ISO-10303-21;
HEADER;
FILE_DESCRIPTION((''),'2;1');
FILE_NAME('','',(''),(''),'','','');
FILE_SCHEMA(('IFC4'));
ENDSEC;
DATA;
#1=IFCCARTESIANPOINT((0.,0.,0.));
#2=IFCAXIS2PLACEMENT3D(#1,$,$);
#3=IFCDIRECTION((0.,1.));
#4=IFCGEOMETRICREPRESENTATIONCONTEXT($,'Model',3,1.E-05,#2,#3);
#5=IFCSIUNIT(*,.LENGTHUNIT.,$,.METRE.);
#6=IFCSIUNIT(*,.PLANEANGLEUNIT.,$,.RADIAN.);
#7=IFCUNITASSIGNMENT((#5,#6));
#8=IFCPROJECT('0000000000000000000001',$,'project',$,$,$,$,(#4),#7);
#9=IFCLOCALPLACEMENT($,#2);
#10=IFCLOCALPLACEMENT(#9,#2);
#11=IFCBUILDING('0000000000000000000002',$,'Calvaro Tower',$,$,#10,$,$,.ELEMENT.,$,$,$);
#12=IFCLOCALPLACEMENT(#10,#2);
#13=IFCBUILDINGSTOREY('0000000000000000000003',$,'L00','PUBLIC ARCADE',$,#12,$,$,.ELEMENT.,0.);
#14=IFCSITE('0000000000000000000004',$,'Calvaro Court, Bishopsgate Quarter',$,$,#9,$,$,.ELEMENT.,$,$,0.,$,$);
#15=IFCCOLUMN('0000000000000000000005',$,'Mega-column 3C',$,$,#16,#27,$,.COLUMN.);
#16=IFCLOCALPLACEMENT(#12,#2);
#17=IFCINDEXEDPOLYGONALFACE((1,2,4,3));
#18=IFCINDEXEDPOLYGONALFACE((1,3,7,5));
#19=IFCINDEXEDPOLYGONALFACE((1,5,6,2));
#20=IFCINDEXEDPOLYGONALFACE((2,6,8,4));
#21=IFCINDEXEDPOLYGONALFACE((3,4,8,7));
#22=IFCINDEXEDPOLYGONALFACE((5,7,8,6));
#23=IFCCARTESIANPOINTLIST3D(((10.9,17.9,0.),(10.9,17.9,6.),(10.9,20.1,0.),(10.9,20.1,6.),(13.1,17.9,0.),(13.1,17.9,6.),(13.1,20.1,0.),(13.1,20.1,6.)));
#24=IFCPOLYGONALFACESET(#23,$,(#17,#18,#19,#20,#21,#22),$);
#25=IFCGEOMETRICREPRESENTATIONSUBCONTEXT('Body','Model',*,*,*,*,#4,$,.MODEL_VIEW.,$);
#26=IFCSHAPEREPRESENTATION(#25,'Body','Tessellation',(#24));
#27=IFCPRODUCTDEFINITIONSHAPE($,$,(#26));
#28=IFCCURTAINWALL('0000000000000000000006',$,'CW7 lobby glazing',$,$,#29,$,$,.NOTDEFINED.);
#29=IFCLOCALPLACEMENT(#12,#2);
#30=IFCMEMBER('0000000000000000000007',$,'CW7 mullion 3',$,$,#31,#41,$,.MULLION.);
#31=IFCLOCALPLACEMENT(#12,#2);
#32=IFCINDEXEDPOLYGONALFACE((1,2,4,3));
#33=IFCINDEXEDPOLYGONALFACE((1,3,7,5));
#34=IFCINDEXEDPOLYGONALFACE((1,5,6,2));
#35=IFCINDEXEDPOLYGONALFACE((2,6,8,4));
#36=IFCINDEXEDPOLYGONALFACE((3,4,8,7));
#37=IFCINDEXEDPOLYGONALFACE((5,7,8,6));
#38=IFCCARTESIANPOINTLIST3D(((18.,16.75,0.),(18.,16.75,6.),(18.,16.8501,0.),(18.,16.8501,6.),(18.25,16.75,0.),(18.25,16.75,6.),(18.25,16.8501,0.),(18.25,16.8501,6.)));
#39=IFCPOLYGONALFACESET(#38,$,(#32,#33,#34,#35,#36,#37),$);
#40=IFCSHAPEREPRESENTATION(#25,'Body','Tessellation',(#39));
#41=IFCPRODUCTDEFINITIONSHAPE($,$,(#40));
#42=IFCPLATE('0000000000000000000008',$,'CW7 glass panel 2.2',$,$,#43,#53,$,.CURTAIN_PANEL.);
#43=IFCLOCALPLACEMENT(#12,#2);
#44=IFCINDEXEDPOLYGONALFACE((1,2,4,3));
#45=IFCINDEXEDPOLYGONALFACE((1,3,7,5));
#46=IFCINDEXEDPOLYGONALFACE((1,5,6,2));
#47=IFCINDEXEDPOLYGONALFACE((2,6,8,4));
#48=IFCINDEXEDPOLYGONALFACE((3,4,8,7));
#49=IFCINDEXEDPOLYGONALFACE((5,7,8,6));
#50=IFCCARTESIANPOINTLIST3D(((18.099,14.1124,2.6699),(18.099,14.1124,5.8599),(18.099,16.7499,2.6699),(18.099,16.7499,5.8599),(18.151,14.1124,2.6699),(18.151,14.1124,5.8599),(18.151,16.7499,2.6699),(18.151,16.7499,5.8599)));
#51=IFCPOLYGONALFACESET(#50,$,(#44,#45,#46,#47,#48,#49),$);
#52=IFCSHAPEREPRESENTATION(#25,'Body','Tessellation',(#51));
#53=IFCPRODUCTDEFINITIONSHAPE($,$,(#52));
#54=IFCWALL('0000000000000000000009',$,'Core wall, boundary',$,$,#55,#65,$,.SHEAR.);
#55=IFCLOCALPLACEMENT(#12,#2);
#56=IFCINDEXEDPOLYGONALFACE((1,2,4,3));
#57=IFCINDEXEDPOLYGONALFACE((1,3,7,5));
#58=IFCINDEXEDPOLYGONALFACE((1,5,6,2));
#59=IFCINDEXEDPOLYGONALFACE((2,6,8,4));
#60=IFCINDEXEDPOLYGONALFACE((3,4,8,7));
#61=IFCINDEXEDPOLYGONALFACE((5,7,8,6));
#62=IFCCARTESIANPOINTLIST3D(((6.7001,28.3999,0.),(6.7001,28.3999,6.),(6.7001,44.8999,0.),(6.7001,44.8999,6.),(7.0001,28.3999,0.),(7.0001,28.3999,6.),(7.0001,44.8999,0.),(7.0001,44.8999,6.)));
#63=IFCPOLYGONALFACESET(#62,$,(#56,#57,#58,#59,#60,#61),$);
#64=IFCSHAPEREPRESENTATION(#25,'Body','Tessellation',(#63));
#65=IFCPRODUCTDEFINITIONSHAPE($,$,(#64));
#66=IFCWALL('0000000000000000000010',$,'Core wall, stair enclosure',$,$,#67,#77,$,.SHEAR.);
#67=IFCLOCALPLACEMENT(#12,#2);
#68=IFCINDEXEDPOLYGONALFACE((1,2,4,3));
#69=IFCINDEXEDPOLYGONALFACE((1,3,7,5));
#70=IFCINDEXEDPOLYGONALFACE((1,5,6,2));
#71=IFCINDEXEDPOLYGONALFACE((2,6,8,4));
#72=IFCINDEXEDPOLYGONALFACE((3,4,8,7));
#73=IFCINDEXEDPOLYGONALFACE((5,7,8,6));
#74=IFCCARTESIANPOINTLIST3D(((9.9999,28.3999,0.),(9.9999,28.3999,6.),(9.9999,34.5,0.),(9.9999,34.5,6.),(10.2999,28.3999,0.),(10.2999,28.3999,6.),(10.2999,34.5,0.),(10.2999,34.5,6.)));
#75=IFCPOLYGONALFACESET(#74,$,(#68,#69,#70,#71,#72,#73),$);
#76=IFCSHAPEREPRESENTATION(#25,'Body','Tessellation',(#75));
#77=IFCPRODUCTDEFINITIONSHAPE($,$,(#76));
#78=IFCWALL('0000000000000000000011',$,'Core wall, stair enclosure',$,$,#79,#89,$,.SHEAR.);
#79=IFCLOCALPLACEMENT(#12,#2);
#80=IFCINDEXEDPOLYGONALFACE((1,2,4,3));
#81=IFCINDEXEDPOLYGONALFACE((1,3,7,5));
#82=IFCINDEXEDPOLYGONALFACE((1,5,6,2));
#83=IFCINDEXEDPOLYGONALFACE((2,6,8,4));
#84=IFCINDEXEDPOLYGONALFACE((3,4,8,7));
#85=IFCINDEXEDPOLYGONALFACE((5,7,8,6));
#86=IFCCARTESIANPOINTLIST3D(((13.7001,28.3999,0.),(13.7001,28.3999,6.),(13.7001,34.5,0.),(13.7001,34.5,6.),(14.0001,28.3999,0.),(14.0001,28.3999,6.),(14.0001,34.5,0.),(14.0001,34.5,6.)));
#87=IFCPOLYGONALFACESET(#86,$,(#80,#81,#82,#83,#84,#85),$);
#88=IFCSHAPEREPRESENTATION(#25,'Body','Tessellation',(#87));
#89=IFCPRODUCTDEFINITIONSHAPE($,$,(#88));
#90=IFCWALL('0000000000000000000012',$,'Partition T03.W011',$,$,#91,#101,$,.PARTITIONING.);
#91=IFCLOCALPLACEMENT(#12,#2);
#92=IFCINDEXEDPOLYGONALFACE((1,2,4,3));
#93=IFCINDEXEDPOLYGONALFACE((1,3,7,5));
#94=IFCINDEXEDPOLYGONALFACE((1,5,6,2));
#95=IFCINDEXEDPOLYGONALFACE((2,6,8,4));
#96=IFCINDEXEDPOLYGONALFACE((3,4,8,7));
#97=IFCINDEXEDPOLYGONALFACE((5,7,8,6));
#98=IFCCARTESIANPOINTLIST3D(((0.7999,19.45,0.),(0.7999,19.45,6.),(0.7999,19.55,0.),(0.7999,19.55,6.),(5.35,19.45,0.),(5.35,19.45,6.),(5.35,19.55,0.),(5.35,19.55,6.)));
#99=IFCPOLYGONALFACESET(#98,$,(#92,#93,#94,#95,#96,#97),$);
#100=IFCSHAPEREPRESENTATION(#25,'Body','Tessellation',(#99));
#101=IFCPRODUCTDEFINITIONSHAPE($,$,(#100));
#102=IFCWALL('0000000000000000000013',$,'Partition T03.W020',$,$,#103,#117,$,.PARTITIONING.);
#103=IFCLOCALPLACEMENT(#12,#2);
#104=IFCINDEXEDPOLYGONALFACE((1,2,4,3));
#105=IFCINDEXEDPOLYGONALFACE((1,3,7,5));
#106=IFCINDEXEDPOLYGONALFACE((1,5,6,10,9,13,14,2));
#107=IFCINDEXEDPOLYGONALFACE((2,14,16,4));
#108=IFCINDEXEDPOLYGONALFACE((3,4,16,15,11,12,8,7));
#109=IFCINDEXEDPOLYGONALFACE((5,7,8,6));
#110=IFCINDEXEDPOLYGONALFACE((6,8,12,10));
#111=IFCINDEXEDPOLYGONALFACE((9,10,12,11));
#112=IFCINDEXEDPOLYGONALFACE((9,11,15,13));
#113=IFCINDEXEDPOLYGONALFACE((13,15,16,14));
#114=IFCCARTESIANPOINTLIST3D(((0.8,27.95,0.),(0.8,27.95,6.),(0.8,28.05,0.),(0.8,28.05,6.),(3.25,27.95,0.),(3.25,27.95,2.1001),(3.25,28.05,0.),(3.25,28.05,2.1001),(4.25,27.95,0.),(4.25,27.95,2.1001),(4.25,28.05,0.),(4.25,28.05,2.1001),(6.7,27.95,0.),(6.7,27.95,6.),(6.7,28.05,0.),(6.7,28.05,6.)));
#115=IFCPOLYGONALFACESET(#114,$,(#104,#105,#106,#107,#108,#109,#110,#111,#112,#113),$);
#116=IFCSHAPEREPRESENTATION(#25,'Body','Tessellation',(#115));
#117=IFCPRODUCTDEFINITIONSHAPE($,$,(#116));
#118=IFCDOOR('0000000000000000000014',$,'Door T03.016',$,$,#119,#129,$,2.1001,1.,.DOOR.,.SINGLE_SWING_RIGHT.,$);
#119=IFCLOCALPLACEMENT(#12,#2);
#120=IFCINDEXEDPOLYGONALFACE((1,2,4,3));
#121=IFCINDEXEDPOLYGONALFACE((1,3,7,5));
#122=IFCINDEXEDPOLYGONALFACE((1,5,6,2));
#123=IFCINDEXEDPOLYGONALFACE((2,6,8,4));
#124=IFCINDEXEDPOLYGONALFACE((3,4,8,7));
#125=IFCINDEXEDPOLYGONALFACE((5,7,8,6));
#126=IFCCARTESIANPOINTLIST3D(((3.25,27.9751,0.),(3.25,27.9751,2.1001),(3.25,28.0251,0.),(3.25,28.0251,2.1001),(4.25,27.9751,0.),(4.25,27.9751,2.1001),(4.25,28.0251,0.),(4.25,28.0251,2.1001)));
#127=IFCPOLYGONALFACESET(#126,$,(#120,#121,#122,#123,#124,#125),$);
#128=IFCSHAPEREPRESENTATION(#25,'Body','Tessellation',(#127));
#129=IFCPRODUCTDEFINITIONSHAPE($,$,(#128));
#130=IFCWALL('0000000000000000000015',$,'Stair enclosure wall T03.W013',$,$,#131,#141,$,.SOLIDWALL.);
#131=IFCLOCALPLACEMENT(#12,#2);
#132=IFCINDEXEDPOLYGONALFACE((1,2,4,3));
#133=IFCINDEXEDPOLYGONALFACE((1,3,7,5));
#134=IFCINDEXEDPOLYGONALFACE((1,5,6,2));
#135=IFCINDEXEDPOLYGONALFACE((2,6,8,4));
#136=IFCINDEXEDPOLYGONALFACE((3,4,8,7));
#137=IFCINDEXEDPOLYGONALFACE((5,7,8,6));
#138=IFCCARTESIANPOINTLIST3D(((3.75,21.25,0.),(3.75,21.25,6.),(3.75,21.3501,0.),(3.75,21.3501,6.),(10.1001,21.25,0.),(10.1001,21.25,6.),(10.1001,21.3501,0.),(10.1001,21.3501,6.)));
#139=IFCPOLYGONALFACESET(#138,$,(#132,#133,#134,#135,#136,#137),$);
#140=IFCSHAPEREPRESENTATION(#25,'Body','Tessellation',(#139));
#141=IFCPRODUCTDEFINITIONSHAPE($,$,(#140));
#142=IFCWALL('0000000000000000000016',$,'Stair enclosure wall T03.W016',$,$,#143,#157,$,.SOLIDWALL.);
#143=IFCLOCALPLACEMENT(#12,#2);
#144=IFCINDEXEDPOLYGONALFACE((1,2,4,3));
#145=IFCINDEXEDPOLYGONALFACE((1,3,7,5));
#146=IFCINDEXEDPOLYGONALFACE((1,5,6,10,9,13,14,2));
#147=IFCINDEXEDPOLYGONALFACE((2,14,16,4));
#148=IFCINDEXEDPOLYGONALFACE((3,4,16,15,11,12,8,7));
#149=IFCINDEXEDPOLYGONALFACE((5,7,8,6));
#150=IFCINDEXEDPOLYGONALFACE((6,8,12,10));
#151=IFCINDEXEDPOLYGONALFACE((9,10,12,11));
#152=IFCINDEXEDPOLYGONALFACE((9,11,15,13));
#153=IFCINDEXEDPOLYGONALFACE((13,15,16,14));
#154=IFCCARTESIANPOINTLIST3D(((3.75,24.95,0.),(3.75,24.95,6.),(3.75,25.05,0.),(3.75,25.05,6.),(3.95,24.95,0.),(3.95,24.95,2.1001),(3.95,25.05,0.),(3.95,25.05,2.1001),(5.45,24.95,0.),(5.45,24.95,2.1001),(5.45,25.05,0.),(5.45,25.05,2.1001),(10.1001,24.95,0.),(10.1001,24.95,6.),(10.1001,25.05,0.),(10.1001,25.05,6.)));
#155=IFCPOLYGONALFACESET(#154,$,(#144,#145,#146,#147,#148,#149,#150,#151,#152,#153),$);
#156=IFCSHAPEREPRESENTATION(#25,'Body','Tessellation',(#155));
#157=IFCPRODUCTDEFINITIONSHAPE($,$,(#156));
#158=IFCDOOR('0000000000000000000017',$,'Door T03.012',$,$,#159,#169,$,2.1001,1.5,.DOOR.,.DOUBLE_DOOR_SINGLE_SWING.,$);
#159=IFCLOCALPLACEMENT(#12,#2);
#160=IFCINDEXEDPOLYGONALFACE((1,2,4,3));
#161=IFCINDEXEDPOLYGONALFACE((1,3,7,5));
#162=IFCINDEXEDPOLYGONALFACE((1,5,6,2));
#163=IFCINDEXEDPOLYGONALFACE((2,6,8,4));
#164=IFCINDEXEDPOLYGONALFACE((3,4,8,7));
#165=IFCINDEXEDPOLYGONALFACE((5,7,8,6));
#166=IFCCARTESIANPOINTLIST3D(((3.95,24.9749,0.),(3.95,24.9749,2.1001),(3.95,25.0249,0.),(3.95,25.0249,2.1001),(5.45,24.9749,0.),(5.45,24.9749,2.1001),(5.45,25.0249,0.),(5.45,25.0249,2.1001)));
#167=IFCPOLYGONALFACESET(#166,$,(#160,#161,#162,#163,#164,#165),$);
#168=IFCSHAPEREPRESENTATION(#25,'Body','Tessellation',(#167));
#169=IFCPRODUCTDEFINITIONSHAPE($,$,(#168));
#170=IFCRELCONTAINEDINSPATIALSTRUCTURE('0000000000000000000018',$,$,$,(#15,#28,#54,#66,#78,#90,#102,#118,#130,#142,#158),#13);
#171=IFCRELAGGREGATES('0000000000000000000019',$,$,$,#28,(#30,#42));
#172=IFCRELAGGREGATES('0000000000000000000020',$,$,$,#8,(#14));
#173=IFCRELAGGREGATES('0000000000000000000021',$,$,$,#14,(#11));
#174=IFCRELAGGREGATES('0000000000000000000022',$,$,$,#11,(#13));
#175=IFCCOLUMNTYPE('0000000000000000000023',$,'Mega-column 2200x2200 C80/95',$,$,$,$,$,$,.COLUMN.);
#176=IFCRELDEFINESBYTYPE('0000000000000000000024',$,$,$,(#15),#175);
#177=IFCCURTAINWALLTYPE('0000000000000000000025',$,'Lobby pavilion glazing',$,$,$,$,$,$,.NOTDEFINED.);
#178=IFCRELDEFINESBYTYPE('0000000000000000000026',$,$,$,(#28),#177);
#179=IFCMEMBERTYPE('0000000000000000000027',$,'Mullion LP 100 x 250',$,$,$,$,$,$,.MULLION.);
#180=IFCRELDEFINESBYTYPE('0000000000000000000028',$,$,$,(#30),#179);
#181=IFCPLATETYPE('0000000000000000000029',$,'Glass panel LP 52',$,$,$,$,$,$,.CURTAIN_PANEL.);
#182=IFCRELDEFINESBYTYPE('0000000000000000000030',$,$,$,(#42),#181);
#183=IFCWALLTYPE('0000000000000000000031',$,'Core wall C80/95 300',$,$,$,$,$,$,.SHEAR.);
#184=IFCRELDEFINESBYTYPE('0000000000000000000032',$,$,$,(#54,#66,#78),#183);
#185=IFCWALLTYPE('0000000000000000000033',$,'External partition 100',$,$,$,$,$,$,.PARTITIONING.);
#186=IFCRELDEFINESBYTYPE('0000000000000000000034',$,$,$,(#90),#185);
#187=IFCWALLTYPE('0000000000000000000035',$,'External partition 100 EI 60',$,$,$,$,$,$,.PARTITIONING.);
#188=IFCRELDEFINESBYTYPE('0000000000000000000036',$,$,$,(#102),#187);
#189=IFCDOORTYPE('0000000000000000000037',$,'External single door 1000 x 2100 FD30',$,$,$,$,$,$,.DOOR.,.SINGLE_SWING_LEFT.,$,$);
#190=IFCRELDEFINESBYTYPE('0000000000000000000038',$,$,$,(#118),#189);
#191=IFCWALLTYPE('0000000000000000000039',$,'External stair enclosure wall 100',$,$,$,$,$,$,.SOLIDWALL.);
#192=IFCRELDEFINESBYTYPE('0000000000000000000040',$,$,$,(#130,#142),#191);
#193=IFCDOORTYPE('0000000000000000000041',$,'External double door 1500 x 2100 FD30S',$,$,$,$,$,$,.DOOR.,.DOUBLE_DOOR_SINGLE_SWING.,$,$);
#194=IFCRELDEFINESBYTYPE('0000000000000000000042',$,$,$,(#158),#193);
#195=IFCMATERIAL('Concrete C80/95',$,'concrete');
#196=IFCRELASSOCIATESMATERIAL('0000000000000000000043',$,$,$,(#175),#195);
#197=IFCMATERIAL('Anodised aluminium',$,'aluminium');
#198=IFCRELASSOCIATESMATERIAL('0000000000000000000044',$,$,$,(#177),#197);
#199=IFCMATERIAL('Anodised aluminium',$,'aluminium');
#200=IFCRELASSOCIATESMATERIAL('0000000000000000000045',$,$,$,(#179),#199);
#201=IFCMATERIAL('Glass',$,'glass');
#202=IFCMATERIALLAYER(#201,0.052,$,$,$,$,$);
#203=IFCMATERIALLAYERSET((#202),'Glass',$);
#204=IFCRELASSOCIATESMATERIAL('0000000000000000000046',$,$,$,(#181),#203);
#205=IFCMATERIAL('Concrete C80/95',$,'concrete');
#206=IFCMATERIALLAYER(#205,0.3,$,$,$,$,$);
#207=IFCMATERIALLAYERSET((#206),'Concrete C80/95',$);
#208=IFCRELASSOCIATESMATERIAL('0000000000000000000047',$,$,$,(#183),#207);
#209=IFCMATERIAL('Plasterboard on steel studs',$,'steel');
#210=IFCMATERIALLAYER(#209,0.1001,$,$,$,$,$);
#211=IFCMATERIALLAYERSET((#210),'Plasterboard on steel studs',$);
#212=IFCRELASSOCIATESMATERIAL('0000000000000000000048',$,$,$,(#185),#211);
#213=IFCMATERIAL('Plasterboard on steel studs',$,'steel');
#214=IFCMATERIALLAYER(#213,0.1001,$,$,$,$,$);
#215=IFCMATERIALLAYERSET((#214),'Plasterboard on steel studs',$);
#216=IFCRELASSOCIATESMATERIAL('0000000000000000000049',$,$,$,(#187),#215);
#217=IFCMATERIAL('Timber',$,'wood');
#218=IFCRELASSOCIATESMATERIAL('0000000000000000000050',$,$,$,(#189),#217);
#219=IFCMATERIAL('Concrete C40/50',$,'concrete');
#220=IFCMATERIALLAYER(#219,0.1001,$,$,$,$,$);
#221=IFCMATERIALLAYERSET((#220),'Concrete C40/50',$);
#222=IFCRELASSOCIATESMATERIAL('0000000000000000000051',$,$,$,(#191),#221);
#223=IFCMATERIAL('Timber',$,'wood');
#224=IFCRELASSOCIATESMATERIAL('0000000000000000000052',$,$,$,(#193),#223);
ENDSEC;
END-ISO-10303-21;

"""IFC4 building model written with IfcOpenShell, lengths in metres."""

from ifc_helpers import new_model, si_unit, direction, frame, frame_2d, origin, origin_2d, place, context, subcontext, project, spatial, rectangle, extrude, material, layer, layer_set, material_profile, profile_set, type_object, element, fill, aggregate, save


model = new_model("IFC4")

# Units and contexts
model_context = context("Model", 3, precision=1e-05, world=origin(), true_north=direction((0.0, 1.0)))
body_context = subcontext(model_context, "Body", "Model", "MODEL_VIEW")
ifc_project = project(units=[si_unit("LENGTHUNIT", "METRE"), si_unit("PLANEANGLEUNIT", "RADIAN")], contexts=[model_context])

# Site, building, storey
site_placement = place(None, origin())
site = spatial("IfcSite", under=ifc_project, at=site_placement, Name="Calvaro Court, Bishopsgate Quarter", CompositionType="ELEMENT", RefElevation=0.0)
building_placement = place(site_placement, origin())
building = spatial("IfcBuilding", under=site, at=building_placement, Name="Calvaro Tower", CompositionType="ELEMENT")
storey_placement = place(building_placement, origin())
storey = spatial("IfcBuildingStorey", under=building, at=storey_placement, Name="L00", Description="PUBLIC ARCADE", CompositionType="ELEMENT", Elevation=0.0)

# Column
ifc_material_1 = material(Name="Concrete C80/95", Category="concrete")
ifc_material_profile_1 = material_profile(ifc_material_1, rectangle(XDim=2.2, YDim=2.2, at=origin_2d()), Name="RC 2200x2200")
ifc_profile_set_1 = profile_set([ifc_material_profile_1], Name="Concrete C80/95")
column_type = type_object("IfcColumnType", Name="Mega-column 2200x2200 C80/95", PredefinedType="COLUMN", material=ifc_profile_set_1)
column_placement = place(storey_placement, frame((12.0, 19.0, 0.0), z_axis=(0.0, 0.0, 1.0), x_axis=(1.0, 0.0, 0.0)))
element("IfcColumn", 1, at=column_placement, inside=storey, type_object=column_type, Name="Mega-column 3C", PredefinedType="COLUMN", context=body_context, shape_type="SweptSolid", body=[
    extrude(rectangle(XDim=2.2, YDim=2.2, at=origin_2d()), origin(), (0.0, 0.0, 1.0), 6.0),
])

# Curtain wall, member, plate
ifc_material_2 = material(Name="Anodised aluminium", Category="aluminium")
curtain_wall_type = type_object("IfcCurtainWallType", Name="Lobby pavilion glazing", PredefinedType="NOTDEFINED", material=ifc_material_2)
curtain_wall_placement = place(storey_placement, origin())
curtain_wall = element("IfcCurtainWall", 2, at=curtain_wall_placement, inside=storey, type_object=curtain_wall_type, Name="CW7 lobby glazing", PredefinedType="NOTDEFINED")
ifc_material_3 = material(Name="Anodised aluminium", Category="aluminium")
ifc_material_profile_2 = material_profile(ifc_material_3, rectangle(XDim=0.25, YDim=0.1001, at=origin_2d()), Name="Mullion LP 100 x 250")
ifc_profile_set_2 = profile_set([ifc_material_profile_2], Name="Anodised aluminium")
member_type = type_object("IfcMemberType", Name="Mullion LP 100 x 250", PredefinedType="MULLION", material=ifc_profile_set_2)
member_placement = place(storey_placement, frame((18.125, 16.8, 0.0), z_axis=(0.0, 0.0, 1.0), x_axis=(-1.0, 0.0, 0.0)))
member = element("IfcMember", 3, at=member_placement, type_object=member_type, Name="CW7 mullion 3", PredefinedType="MULLION", context=body_context, shape_type="SweptSolid", body=[
    extrude(rectangle(XDim=0.25, YDim=0.1001, at=origin_2d()), origin(), (0.0, 0.0, 1.0), 6.0),
])
ifc_material_4 = material(Name="Glass", Category="glass")
ifc_layer_1 = layer(ifc_material_4, 0.052)
ifc_layer_set_1 = layer_set([ifc_layer_1], Name="Glass")
plate_type = type_object("IfcPlateType", Name="Glass panel LP 52", PredefinedType="CURTAIN_PANEL", material=ifc_layer_set_1)
plate_placement = place(storey_placement, frame((18.125, 15.4312, 2.6699), z_axis=(0.0, 0.0, 1.0), x_axis=(0.0, 1.0, 0.0)))
plate = element("IfcPlate", 4, at=plate_placement, type_object=plate_type, Name="CW7 glass panel 2.2", PredefinedType="CURTAIN_PANEL", context=body_context, shape_type="SweptSolid", body=[
    extrude(rectangle(XDim=2.6375, YDim=0.052, at=origin_2d()), origin(), (0.0, 0.0, 1.0), 3.1899),
])
aggregate(curtain_wall, [member, plate])

# Walls
ifc_material_5 = material(Name="Concrete C80/95", Category="concrete")
ifc_layer_2 = layer(ifc_material_5, 0.3)
ifc_layer_set_2 = layer_set([ifc_layer_2], Name="Concrete C80/95")
wall_type_1 = type_object("IfcWallType", Name="Core wall C80/95 300", PredefinedType="SHEAR", material=ifc_layer_set_2)
wall_1_placement = place(storey_placement, frame((6.8501, 28.3999, 0.0), z_axis=(0.0, 0.0, 1.0), x_axis=(0.0, 1.0, 0.0)))
element("IfcWall", 5, at=wall_1_placement, inside=storey, type_object=wall_type_1, Name="Core wall, boundary", PredefinedType="SHEAR", context=body_context, shape_type="SweptSolid", body=[
    extrude(rectangle(XDim=16.5, YDim=0.3, at=frame_2d((8.25, 0.0))), origin(), (0.0, 0.0, 1.0), 6.0),
])
for number, where, z_axis, x_axis, name in (
    (6, (10.1499, 28.3999, 0.0), (0.0, 0.0, 1.0), (0.0, 1.0, 0.0), "Core wall, stair enclosure"),
    (7, (13.8501, 28.3999, 0.0), (0.0, 0.0, 1.0), (0.0, 1.0, 0.0), "Core wall, stair enclosure"),
):
    element("IfcWall", number, at=place(storey_placement, frame(where, z_axis=z_axis, x_axis=x_axis)), inside=storey, type_object=wall_type_1, Name=name, PredefinedType="SHEAR", context=body_context, shape_type="SweptSolid", body=[
        extrude(rectangle(XDim=6.1001, YDim=0.3, at=frame_2d((3.05, 0.0))), origin(), (0.0, 0.0, 1.0), 6.0),
    ])
ifc_material_6 = material(Name="Plasterboard on steel studs", Category="steel")
ifc_layer_3 = layer(ifc_material_6, 0.1001)
ifc_layer_set_3 = layer_set([ifc_layer_3], Name="Plasterboard on steel studs")
wall_type_2 = type_object("IfcWallType", Name="External partition 100", PredefinedType="PARTITIONING", material=ifc_layer_set_3)
wall_2_placement = place(storey_placement, frame((0.8, 19.5, 0.0), z_axis=(0.0, 0.0, 1.0), x_axis=(1.0, 0.0, 0.0)))
element("IfcWall", 8, at=wall_2_placement, inside=storey, type_object=wall_type_2, Name="Partition T03.W011", PredefinedType="PARTITIONING", context=body_context, shape_type="SweptSolid", body=[
    extrude(rectangle(XDim=4.55, YDim=0.1001, at=frame_2d((2.2749, 0.0))), origin(), (0.0, 0.0, 1.0), 6.0),
])

# Wall, opening, door
ifc_material_7 = material(Name="Plasterboard on steel studs", Category="steel")
ifc_layer_4 = layer(ifc_material_7, 0.1001)
ifc_layer_set_4 = layer_set([ifc_layer_4], Name="Plasterboard on steel studs")
wall_type_3 = type_object("IfcWallType", Name="External partition 100 EI 60", PredefinedType="PARTITIONING", material=ifc_layer_set_4)
wall_3_placement = place(storey_placement, frame((0.8, 28.0, 0.0), z_axis=(0.0, 0.0, 1.0), x_axis=(1.0, 0.0, 0.0)))
wall_3 = element("IfcWall", 9, at=wall_3_placement, inside=storey, type_object=wall_type_3, Name="Partition T03.W020", PredefinedType="PARTITIONING", context=body_context, shape_type="SweptSolid", body=[
    extrude(rectangle(XDim=5.8999, YDim=0.1001, at=frame_2d((2.95, 0.0))), origin(), (0.0, 0.0, 1.0), 6.0),
])
opening_1_placement = place(wall_3_placement, frame((2.45, 0.0, 0.0)))
opening_1 = element("IfcOpeningElement", 10, at=opening_1_placement, cuts=wall_3, PredefinedType="OPENING", context=body_context, shape_type="SweptSolid", body=[
    extrude(rectangle(XDim=1.0, YDim=2.1001, at=frame_2d((0.5, 1.05))), frame((0.0, 0.0601, 0.0), z_axis=(0.0, -1.0, 0.0), x_axis=(1.0, 0.0, 0.0)), (0.0, 0.0, 1.0), 0.1201),
])
ifc_material_8 = material(Name="Timber", Category="wood")
door_type_1 = type_object("IfcDoorType", Name="External single door 1000 x 2100 FD30", OperationType="SINGLE_SWING_LEFT", PredefinedType="DOOR", material=ifc_material_8)
door_1_placement = place(opening_1_placement, frame((1.0, 0.0, 0.0), z_axis=(0.0, 0.0, 1.0), x_axis=(-1.0, 0.0, 0.0)))
door_1 = element("IfcDoor", 11, at=door_1_placement, inside=storey, type_object=door_type_1, Name="Door T03.016", OperationType="SINGLE_SWING_RIGHT", OverallHeight=2.1001, OverallWidth=1.0, PredefinedType="DOOR", context=body_context, shape_type="SweptSolid", body=[
    extrude(rectangle(XDim=1.0, YDim=2.1001, at=frame_2d((0.5, 1.05))), frame((0.0, 0.0249, 0.0), z_axis=(0.0, -1.0, 0.0), x_axis=(1.0, 0.0, 0.0)), (0.0, 0.0, 1.0), 0.05),
])
fill(opening_1, door_1)

# Wall
ifc_material_9 = material(Name="Concrete C40/50", Category="concrete")
ifc_layer_5 = layer(ifc_material_9, 0.1001)
ifc_layer_set_5 = layer_set([ifc_layer_5], Name="Concrete C40/50")
wall_type_4 = type_object("IfcWallType", Name="External stair enclosure wall 100", PredefinedType="SOLIDWALL", material=ifc_layer_set_5)
wall_4_placement = place(storey_placement, frame((3.75, 21.3, 0.0), z_axis=(0.0, 0.0, 1.0), x_axis=(1.0, 0.0, 0.0)))
element("IfcWall", 12, at=wall_4_placement, inside=storey, type_object=wall_type_4, Name="Stair enclosure wall T03.W013", PredefinedType="SOLIDWALL", context=body_context, shape_type="SweptSolid", body=[
    extrude(rectangle(XDim=6.3501, YDim=0.1001, at=frame_2d((3.175, 0.0))), origin(), (0.0, 0.0, 1.0), 6.0),
])

# Wall, opening, door
wall_5_placement = place(storey_placement, frame((3.75, 25.0, 0.0), z_axis=(0.0, 0.0, 1.0), x_axis=(1.0, 0.0, 0.0)))
wall_5 = element("IfcWall", 13, at=wall_5_placement, inside=storey, type_object=wall_type_4, Name="Stair enclosure wall T03.W016", PredefinedType="SOLIDWALL", context=body_context, shape_type="SweptSolid", body=[
    extrude(rectangle(XDim=6.3501, YDim=0.1001, at=frame_2d((3.175, 0.0))), origin(), (0.0, 0.0, 1.0), 6.0),
])
opening_2_placement = place(wall_5_placement, frame((0.2, 0.0, 0.0)))
opening_2 = element("IfcOpeningElement", 14, at=opening_2_placement, cuts=wall_5, PredefinedType="OPENING", context=body_context, shape_type="SweptSolid", body=[
    extrude(rectangle(XDim=1.5, YDim=2.1001, at=frame_2d((0.75, 1.05))), frame((0.0, 0.0601, 0.0), z_axis=(0.0, -1.0, 0.0), x_axis=(1.0, 0.0, 0.0)), (0.0, 0.0, 1.0), 0.1201),
])
ifc_material_10 = material(Name="Timber", Category="wood")
door_type_2 = type_object("IfcDoorType", Name="External double door 1500 x 2100 FD30S", OperationType="DOUBLE_DOOR_SINGLE_SWING", PredefinedType="DOOR", material=ifc_material_10)
door_2_placement = place(opening_2_placement, origin())
door_2 = element("IfcDoor", 15, at=door_2_placement, inside=storey, type_object=door_type_2, Name="Door T03.012", OperationType="DOUBLE_DOOR_SINGLE_SWING", OverallHeight=2.1001, OverallWidth=1.5, PredefinedType="DOOR", context=body_context, shape_type="SweptSolid", body=[
    extrude(rectangle(XDim=1.5, YDim=2.1001, at=frame_2d((0.75, 1.05))), frame((0.0, 0.0249, 0.0), z_axis=(0.0, -1.0, 0.0), x_axis=(1.0, 0.0, 0.0)), (0.0, 0.0, 1.0), 0.05),
])
fill(opening_2, door_2)

save(model, "model.ifc")
